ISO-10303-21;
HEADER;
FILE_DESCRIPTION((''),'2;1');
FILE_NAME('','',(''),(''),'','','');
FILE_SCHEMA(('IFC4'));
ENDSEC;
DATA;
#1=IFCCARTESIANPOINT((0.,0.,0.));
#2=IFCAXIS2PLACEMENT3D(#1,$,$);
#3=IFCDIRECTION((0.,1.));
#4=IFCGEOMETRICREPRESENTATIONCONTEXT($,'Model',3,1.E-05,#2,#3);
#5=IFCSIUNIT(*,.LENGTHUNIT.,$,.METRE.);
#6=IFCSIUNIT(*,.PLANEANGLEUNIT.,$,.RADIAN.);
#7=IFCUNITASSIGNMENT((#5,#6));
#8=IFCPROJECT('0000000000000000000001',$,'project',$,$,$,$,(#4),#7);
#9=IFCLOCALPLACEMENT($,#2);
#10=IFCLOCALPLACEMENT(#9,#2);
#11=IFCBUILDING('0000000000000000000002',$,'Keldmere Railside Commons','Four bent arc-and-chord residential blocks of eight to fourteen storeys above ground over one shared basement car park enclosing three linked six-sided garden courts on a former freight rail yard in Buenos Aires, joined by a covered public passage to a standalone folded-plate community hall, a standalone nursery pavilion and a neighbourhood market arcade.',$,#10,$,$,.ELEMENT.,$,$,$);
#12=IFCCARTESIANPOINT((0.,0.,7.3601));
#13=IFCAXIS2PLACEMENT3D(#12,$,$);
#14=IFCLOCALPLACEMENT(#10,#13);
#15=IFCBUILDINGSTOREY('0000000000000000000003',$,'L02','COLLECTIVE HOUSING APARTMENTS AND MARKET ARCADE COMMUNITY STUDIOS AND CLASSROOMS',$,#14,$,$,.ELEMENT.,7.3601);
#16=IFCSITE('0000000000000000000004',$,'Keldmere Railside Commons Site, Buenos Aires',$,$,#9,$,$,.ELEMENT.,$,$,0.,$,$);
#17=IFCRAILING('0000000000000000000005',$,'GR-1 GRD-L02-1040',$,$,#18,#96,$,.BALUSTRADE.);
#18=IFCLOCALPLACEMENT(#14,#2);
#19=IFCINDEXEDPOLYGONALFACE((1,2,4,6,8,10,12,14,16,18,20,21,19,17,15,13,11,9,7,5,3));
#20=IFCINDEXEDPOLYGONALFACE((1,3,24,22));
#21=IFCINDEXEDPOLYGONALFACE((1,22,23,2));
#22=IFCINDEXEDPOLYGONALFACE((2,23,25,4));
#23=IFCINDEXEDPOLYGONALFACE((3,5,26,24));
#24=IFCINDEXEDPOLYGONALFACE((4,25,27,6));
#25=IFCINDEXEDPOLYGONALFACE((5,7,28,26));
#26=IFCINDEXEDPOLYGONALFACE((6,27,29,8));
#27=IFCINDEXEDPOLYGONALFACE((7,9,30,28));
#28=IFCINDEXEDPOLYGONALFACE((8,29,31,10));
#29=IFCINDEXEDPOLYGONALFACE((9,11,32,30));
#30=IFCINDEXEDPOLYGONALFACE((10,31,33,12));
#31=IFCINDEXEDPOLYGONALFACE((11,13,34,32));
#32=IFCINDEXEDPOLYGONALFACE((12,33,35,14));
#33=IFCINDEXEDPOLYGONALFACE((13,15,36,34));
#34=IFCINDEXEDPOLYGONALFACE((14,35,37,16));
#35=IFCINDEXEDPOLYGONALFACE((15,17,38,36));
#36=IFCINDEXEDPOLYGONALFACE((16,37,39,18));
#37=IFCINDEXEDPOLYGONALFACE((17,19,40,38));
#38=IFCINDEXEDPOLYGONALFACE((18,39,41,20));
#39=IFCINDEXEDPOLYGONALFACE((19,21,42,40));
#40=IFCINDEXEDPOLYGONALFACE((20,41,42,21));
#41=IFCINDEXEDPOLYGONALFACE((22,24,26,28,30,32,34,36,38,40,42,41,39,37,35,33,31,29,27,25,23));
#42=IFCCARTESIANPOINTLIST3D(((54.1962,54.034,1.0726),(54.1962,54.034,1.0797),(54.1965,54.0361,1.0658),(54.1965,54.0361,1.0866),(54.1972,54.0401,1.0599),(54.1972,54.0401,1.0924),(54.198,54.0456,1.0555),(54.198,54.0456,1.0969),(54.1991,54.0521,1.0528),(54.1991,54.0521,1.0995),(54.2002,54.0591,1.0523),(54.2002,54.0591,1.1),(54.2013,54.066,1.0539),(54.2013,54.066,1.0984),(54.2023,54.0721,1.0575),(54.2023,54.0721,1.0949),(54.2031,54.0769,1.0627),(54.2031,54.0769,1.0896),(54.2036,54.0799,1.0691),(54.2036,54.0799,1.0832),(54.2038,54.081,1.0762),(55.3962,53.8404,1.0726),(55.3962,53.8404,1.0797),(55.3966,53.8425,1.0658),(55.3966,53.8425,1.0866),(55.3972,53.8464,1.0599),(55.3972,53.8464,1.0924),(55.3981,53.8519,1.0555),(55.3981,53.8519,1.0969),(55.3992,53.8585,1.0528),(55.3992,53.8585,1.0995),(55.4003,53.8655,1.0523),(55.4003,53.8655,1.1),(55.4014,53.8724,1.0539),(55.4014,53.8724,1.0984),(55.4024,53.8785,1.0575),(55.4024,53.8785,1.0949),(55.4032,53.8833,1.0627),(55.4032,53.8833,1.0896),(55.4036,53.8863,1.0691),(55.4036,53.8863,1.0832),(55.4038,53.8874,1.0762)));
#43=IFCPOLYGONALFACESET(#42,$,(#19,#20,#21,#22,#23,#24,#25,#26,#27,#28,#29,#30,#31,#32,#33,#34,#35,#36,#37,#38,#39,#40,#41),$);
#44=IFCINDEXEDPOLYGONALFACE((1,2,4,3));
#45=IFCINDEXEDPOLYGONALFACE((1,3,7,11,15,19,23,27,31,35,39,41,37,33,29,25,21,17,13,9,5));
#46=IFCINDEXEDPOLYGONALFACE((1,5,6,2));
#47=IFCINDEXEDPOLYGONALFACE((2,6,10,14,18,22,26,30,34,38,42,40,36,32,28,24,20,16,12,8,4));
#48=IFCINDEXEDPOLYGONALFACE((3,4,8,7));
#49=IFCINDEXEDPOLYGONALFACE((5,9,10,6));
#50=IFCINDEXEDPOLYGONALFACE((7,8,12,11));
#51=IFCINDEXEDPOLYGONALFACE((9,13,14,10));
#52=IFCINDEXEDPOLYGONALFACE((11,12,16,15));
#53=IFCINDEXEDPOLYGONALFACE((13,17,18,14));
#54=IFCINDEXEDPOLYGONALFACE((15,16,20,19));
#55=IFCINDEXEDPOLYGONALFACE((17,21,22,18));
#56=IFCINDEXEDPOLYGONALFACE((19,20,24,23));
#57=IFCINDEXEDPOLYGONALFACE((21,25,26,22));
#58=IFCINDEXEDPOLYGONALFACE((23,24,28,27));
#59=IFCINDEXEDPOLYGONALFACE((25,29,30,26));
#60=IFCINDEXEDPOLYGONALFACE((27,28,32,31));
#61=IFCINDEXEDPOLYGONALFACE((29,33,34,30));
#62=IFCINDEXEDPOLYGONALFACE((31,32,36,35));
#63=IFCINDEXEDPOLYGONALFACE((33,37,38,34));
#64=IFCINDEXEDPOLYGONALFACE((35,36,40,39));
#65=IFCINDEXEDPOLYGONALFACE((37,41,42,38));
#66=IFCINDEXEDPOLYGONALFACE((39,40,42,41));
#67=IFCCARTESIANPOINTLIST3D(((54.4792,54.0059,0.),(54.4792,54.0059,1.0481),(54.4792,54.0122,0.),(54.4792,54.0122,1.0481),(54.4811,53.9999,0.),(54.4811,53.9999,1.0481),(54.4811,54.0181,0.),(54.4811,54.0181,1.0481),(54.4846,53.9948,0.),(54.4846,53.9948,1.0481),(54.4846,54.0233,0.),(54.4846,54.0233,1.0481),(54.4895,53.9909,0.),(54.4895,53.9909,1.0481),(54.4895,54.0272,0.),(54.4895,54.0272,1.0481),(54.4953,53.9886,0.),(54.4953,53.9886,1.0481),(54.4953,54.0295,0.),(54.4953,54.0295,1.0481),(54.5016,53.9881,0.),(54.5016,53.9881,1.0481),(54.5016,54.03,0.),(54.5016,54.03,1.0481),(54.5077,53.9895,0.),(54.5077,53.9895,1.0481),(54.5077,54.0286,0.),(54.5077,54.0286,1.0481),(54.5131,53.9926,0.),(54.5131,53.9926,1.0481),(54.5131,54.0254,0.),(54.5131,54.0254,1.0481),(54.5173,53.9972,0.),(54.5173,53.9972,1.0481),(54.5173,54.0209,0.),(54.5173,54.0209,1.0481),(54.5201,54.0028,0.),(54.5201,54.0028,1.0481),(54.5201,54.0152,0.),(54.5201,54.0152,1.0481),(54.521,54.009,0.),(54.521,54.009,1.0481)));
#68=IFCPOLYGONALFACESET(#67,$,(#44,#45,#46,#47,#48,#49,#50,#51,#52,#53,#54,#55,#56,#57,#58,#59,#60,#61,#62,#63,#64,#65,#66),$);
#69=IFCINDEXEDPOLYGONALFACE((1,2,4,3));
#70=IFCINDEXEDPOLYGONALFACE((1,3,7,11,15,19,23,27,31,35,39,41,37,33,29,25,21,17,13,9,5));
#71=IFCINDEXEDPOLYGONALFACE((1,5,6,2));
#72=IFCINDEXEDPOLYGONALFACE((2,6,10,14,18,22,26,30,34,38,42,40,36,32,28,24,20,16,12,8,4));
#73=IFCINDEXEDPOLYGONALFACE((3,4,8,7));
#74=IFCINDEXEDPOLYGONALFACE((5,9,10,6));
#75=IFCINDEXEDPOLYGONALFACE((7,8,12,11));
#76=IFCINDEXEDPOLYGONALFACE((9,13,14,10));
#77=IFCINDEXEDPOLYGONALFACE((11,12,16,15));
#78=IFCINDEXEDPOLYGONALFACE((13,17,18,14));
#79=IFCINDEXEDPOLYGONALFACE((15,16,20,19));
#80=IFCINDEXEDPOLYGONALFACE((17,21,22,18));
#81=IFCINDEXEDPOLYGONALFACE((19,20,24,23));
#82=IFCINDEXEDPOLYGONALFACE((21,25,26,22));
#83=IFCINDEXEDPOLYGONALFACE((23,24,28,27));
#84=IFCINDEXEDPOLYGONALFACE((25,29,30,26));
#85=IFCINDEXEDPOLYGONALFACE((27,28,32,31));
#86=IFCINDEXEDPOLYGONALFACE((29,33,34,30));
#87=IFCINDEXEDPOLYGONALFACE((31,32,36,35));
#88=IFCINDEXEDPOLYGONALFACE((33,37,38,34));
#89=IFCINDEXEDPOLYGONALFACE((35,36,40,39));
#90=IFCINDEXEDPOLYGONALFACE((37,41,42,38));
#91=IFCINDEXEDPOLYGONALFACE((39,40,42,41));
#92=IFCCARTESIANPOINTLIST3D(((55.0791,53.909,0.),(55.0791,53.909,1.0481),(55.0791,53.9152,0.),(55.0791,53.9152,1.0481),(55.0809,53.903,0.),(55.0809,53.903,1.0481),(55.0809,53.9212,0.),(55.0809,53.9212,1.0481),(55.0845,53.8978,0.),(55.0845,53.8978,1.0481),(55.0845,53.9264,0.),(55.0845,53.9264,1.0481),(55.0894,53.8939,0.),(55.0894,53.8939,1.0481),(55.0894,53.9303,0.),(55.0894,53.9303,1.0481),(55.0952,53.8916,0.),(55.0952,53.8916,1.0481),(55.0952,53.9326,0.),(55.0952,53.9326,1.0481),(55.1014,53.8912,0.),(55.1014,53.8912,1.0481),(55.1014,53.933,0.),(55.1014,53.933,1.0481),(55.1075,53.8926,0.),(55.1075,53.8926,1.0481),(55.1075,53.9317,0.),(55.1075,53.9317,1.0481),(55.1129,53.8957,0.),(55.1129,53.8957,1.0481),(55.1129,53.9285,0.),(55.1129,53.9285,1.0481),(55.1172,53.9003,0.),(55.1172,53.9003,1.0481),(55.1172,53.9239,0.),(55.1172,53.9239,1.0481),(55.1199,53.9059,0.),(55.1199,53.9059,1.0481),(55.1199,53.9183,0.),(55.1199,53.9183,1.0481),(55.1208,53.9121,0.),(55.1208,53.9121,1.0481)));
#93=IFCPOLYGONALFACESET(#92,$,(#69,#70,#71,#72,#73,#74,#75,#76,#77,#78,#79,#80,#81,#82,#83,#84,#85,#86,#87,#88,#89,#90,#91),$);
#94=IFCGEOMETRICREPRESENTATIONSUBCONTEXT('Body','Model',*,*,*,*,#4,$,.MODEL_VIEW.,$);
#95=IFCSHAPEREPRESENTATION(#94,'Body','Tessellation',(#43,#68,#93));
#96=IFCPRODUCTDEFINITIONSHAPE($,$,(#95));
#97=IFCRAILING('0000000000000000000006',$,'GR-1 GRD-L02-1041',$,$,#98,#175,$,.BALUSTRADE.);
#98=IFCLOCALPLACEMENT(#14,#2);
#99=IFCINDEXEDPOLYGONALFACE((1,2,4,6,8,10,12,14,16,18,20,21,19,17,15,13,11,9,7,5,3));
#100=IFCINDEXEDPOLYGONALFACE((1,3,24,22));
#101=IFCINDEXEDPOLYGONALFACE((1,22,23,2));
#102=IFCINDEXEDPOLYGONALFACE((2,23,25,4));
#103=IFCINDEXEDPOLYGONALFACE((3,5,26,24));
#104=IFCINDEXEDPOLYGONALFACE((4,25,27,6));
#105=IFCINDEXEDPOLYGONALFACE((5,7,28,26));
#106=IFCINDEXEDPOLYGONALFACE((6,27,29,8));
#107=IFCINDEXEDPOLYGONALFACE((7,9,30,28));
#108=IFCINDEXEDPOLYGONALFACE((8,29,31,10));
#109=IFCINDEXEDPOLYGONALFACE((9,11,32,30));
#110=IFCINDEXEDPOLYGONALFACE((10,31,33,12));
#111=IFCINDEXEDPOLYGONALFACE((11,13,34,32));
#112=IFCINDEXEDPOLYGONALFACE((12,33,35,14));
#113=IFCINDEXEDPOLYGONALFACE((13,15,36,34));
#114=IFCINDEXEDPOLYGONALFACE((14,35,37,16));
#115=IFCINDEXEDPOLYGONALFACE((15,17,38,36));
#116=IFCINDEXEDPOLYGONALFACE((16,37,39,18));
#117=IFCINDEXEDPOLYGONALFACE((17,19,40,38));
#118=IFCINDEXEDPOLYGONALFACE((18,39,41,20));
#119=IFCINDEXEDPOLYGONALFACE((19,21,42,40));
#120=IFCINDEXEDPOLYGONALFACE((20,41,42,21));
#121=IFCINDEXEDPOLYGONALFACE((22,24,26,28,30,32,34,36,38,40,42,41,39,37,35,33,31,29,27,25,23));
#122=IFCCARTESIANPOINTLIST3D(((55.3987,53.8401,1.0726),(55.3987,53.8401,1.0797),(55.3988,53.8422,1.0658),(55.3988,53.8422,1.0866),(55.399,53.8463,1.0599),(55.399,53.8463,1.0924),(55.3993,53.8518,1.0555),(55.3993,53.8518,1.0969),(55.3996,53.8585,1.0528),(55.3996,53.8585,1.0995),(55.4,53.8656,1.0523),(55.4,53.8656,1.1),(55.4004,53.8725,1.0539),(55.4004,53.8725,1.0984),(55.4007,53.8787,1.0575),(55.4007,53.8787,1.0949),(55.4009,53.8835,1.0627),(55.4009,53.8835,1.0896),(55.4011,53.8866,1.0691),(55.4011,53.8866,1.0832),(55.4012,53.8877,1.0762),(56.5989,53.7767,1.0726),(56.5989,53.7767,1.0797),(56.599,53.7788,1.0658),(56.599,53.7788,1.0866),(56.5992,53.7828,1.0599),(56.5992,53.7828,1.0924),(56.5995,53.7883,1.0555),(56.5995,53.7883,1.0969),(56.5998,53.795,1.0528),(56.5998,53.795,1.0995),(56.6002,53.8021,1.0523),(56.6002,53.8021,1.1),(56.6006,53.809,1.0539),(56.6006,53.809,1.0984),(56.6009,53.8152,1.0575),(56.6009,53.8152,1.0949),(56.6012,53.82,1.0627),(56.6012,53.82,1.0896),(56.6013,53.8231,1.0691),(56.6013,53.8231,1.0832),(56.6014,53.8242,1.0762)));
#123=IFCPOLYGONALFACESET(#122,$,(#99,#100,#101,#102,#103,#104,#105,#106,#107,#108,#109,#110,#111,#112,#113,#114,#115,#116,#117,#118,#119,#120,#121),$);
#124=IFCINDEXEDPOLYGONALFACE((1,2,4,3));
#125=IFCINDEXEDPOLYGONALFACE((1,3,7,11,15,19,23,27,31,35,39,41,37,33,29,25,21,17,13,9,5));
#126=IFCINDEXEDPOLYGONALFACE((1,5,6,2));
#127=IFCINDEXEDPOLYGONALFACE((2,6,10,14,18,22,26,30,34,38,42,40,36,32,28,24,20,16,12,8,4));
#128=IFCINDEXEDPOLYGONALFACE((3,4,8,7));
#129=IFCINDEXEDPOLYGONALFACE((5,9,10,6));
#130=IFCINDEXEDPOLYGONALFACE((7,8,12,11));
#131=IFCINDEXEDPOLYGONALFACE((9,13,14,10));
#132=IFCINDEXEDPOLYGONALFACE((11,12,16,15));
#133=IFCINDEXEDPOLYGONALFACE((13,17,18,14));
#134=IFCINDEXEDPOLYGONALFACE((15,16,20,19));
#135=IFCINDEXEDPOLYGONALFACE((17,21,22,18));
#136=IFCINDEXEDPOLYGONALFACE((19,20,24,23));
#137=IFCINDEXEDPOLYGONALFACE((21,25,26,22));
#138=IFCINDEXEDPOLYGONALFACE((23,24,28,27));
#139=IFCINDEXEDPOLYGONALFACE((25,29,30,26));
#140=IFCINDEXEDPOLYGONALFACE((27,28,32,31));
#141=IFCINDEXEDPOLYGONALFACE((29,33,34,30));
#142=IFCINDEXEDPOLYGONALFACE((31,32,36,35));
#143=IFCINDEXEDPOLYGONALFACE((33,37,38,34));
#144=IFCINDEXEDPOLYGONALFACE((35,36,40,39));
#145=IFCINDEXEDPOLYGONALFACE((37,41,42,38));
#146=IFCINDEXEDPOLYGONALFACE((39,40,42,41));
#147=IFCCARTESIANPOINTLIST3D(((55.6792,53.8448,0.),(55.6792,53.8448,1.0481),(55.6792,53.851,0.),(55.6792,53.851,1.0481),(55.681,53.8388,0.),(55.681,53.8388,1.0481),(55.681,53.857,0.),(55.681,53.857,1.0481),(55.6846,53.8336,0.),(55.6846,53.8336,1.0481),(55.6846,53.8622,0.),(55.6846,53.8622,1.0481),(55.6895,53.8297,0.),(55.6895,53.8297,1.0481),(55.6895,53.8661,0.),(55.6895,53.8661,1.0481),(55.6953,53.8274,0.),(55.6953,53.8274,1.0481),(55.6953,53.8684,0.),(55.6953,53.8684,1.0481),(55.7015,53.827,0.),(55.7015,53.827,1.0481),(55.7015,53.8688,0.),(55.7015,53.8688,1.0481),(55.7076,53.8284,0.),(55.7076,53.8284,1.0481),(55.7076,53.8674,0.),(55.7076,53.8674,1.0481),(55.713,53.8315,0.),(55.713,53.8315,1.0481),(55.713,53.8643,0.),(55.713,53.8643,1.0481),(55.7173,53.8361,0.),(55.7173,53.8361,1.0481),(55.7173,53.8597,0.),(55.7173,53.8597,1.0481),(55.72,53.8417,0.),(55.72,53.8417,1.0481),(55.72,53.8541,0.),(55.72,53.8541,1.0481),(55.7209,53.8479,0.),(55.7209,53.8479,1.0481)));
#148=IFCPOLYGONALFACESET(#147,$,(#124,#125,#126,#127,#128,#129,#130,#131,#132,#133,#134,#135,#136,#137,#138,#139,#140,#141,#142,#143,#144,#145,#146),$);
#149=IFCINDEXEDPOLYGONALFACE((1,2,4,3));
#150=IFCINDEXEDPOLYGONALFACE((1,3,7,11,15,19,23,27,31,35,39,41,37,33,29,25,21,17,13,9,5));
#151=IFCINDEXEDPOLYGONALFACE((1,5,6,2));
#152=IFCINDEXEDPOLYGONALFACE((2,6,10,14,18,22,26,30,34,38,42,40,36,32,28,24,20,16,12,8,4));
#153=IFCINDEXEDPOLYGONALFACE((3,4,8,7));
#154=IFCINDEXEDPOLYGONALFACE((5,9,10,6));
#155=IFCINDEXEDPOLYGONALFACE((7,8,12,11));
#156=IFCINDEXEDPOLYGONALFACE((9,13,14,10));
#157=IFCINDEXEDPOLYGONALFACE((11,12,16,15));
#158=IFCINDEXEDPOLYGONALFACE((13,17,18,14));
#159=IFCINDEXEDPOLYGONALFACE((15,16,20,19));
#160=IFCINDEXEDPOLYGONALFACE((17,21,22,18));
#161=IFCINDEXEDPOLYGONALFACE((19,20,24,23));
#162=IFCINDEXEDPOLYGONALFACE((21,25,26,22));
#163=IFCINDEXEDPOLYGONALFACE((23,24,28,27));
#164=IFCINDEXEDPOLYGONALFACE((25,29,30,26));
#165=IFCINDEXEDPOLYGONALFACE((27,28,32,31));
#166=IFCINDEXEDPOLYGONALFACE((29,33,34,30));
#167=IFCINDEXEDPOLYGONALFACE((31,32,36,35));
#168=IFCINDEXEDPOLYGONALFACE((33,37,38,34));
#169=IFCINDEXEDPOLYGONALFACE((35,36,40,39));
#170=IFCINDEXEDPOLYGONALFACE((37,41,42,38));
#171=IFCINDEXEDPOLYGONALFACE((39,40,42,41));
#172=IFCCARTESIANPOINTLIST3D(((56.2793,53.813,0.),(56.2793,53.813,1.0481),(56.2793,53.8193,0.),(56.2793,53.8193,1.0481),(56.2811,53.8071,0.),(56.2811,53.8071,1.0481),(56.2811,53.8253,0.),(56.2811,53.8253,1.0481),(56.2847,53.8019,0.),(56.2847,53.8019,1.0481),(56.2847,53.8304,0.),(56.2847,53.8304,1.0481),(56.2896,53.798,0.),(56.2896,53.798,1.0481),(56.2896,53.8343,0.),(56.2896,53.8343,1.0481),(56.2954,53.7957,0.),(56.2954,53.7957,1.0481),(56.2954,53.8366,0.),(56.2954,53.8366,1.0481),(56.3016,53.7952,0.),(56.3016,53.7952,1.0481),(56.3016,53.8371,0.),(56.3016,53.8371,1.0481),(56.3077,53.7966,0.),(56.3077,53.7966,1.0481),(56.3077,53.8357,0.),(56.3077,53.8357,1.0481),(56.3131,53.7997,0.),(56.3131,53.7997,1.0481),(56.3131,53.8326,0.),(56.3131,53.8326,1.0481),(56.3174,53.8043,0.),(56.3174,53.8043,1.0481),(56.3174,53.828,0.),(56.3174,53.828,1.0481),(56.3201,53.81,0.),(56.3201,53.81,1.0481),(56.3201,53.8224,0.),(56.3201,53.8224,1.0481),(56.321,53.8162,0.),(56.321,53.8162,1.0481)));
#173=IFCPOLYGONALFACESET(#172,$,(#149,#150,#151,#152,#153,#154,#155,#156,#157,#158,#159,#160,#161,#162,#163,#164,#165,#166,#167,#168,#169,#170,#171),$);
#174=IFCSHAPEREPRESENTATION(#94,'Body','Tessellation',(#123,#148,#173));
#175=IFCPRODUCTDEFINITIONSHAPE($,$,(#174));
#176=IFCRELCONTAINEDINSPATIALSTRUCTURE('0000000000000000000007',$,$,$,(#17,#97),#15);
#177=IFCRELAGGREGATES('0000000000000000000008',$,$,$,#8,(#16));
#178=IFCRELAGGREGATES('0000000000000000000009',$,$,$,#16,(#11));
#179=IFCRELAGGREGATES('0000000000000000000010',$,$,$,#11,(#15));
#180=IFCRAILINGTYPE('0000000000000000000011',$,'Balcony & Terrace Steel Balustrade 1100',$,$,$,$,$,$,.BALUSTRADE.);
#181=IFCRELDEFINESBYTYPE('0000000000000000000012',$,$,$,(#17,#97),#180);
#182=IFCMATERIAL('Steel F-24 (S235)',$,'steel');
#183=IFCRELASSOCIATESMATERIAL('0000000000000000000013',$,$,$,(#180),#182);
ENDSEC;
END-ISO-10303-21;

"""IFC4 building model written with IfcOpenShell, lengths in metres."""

from ifc_helpers import new_model, si_unit, direction, frame, origin, origin_2d, place, context, subcontext, project, spatial, circle, extrude, material, type_object, element, save


model = new_model("IFC4")

# Units and contexts
model_context = context("Model", 3, precision=1e-05, world=origin(), true_north=direction((0.0, 1.0)))
body_context = subcontext(model_context, "Body", "Model", "MODEL_VIEW")
ifc_project = project(units=[si_unit("LENGTHUNIT", "METRE"), si_unit("PLANEANGLEUNIT", "RADIAN")], contexts=[model_context])

# Site, building, storey
site_placement = place(None, origin())
site = spatial("IfcSite", under=ifc_project, at=site_placement, Name="Keldmere Railside Commons Site, Buenos Aires", CompositionType="ELEMENT", RefElevation=0.0)
building_placement = place(site_placement, origin())
building = spatial("IfcBuilding", under=site, at=building_placement, Name="Keldmere Railside Commons", Description="Four bent arc-and-chord residential blocks of eight to fourteen storeys above ground over one shared basement car park enclosing three linked six-sided garden courts on a former freight rail yard in Buenos Aires, joined by a covered public passage to a standalone folded-plate community hall, a standalone nursery pavilion and a neighbourhood market arcade.", CompositionType="ELEMENT")
storey_placement = place(building_placement, frame((0.0, 0.0, 7.3601)))
storey = spatial("IfcBuildingStorey", under=building, at=storey_placement, Name="L02", Description="COLLECTIVE HOUSING APARTMENTS AND MARKET ARCADE COMMUNITY STUDIOS AND CLASSROOMS", CompositionType="ELEMENT", Elevation=7.3601)

# Shared definitions
ifc_material_1 = material(Name="Steel F-24 (S235)", Category="steel")

# Railings
railing_type = type_object("IfcRailingType", Name="Balcony & Terrace Steel Balustrade 1100", PredefinedType="BALUSTRADE", material=ifc_material_1)
railing_1_placement = place(storey_placement, frame((54.2, 54.0574, 0.0)))
element("IfcRailing", 1, at=railing_1_placement, inside=storey, type_object=railing_type, Name="GR-1 GRD-L02-1040", PredefinedType="BALUSTRADE", context=body_context, shape_type="SweptSolid", body=[
    extrude(circle(Radius=0.0239, at=origin_2d()), frame((0.0, 0.0, 1.0762), z_axis=(0.987233, -0.159283, 0.0), x_axis=(0.159283, 0.987233, 0.0)), (0.0, 0.0, 1.0), 1.2156),
    extrude(circle(Radius=0.021, at=origin_2d()), frame((0.3, -0.0483, 0.0)), (0.0, 0.0, 1.0), 1.0481),
    extrude(circle(Radius=0.021, at=origin_2d()), frame((0.8999, -0.1453, 0.0)), (0.0, 0.0, 1.0), 1.0481),
])
railing_2_placement = place(storey_placement, frame((55.3999, 53.8638, 0.0)))
element("IfcRailing", 2, at=railing_2_placement, inside=storey, type_object=railing_type, Name="GR-1 GRD-L02-1041", PredefinedType="BALUSTRADE", context=body_context, shape_type="SweptSolid", body=[
    extrude(circle(Radius=0.0239, at=origin_2d()), frame((0.0, 0.0, 1.0762), z_axis=(0.998604, -0.052815, 0.0), x_axis=(0.052815, 0.998604, 0.0)), (0.0, 0.0, 1.0), 1.2019),
    extrude(circle(Radius=0.021, at=origin_2d()), frame((0.3, -0.0159, 0.0)), (0.0, 0.0, 1.0), 1.0481),
    extrude(circle(Radius=0.021, at=origin_2d()), frame((0.9001, -0.0476, 0.0)), (0.0, 0.0, 1.0), 1.0481),
])

save(model, "model.ifc")
